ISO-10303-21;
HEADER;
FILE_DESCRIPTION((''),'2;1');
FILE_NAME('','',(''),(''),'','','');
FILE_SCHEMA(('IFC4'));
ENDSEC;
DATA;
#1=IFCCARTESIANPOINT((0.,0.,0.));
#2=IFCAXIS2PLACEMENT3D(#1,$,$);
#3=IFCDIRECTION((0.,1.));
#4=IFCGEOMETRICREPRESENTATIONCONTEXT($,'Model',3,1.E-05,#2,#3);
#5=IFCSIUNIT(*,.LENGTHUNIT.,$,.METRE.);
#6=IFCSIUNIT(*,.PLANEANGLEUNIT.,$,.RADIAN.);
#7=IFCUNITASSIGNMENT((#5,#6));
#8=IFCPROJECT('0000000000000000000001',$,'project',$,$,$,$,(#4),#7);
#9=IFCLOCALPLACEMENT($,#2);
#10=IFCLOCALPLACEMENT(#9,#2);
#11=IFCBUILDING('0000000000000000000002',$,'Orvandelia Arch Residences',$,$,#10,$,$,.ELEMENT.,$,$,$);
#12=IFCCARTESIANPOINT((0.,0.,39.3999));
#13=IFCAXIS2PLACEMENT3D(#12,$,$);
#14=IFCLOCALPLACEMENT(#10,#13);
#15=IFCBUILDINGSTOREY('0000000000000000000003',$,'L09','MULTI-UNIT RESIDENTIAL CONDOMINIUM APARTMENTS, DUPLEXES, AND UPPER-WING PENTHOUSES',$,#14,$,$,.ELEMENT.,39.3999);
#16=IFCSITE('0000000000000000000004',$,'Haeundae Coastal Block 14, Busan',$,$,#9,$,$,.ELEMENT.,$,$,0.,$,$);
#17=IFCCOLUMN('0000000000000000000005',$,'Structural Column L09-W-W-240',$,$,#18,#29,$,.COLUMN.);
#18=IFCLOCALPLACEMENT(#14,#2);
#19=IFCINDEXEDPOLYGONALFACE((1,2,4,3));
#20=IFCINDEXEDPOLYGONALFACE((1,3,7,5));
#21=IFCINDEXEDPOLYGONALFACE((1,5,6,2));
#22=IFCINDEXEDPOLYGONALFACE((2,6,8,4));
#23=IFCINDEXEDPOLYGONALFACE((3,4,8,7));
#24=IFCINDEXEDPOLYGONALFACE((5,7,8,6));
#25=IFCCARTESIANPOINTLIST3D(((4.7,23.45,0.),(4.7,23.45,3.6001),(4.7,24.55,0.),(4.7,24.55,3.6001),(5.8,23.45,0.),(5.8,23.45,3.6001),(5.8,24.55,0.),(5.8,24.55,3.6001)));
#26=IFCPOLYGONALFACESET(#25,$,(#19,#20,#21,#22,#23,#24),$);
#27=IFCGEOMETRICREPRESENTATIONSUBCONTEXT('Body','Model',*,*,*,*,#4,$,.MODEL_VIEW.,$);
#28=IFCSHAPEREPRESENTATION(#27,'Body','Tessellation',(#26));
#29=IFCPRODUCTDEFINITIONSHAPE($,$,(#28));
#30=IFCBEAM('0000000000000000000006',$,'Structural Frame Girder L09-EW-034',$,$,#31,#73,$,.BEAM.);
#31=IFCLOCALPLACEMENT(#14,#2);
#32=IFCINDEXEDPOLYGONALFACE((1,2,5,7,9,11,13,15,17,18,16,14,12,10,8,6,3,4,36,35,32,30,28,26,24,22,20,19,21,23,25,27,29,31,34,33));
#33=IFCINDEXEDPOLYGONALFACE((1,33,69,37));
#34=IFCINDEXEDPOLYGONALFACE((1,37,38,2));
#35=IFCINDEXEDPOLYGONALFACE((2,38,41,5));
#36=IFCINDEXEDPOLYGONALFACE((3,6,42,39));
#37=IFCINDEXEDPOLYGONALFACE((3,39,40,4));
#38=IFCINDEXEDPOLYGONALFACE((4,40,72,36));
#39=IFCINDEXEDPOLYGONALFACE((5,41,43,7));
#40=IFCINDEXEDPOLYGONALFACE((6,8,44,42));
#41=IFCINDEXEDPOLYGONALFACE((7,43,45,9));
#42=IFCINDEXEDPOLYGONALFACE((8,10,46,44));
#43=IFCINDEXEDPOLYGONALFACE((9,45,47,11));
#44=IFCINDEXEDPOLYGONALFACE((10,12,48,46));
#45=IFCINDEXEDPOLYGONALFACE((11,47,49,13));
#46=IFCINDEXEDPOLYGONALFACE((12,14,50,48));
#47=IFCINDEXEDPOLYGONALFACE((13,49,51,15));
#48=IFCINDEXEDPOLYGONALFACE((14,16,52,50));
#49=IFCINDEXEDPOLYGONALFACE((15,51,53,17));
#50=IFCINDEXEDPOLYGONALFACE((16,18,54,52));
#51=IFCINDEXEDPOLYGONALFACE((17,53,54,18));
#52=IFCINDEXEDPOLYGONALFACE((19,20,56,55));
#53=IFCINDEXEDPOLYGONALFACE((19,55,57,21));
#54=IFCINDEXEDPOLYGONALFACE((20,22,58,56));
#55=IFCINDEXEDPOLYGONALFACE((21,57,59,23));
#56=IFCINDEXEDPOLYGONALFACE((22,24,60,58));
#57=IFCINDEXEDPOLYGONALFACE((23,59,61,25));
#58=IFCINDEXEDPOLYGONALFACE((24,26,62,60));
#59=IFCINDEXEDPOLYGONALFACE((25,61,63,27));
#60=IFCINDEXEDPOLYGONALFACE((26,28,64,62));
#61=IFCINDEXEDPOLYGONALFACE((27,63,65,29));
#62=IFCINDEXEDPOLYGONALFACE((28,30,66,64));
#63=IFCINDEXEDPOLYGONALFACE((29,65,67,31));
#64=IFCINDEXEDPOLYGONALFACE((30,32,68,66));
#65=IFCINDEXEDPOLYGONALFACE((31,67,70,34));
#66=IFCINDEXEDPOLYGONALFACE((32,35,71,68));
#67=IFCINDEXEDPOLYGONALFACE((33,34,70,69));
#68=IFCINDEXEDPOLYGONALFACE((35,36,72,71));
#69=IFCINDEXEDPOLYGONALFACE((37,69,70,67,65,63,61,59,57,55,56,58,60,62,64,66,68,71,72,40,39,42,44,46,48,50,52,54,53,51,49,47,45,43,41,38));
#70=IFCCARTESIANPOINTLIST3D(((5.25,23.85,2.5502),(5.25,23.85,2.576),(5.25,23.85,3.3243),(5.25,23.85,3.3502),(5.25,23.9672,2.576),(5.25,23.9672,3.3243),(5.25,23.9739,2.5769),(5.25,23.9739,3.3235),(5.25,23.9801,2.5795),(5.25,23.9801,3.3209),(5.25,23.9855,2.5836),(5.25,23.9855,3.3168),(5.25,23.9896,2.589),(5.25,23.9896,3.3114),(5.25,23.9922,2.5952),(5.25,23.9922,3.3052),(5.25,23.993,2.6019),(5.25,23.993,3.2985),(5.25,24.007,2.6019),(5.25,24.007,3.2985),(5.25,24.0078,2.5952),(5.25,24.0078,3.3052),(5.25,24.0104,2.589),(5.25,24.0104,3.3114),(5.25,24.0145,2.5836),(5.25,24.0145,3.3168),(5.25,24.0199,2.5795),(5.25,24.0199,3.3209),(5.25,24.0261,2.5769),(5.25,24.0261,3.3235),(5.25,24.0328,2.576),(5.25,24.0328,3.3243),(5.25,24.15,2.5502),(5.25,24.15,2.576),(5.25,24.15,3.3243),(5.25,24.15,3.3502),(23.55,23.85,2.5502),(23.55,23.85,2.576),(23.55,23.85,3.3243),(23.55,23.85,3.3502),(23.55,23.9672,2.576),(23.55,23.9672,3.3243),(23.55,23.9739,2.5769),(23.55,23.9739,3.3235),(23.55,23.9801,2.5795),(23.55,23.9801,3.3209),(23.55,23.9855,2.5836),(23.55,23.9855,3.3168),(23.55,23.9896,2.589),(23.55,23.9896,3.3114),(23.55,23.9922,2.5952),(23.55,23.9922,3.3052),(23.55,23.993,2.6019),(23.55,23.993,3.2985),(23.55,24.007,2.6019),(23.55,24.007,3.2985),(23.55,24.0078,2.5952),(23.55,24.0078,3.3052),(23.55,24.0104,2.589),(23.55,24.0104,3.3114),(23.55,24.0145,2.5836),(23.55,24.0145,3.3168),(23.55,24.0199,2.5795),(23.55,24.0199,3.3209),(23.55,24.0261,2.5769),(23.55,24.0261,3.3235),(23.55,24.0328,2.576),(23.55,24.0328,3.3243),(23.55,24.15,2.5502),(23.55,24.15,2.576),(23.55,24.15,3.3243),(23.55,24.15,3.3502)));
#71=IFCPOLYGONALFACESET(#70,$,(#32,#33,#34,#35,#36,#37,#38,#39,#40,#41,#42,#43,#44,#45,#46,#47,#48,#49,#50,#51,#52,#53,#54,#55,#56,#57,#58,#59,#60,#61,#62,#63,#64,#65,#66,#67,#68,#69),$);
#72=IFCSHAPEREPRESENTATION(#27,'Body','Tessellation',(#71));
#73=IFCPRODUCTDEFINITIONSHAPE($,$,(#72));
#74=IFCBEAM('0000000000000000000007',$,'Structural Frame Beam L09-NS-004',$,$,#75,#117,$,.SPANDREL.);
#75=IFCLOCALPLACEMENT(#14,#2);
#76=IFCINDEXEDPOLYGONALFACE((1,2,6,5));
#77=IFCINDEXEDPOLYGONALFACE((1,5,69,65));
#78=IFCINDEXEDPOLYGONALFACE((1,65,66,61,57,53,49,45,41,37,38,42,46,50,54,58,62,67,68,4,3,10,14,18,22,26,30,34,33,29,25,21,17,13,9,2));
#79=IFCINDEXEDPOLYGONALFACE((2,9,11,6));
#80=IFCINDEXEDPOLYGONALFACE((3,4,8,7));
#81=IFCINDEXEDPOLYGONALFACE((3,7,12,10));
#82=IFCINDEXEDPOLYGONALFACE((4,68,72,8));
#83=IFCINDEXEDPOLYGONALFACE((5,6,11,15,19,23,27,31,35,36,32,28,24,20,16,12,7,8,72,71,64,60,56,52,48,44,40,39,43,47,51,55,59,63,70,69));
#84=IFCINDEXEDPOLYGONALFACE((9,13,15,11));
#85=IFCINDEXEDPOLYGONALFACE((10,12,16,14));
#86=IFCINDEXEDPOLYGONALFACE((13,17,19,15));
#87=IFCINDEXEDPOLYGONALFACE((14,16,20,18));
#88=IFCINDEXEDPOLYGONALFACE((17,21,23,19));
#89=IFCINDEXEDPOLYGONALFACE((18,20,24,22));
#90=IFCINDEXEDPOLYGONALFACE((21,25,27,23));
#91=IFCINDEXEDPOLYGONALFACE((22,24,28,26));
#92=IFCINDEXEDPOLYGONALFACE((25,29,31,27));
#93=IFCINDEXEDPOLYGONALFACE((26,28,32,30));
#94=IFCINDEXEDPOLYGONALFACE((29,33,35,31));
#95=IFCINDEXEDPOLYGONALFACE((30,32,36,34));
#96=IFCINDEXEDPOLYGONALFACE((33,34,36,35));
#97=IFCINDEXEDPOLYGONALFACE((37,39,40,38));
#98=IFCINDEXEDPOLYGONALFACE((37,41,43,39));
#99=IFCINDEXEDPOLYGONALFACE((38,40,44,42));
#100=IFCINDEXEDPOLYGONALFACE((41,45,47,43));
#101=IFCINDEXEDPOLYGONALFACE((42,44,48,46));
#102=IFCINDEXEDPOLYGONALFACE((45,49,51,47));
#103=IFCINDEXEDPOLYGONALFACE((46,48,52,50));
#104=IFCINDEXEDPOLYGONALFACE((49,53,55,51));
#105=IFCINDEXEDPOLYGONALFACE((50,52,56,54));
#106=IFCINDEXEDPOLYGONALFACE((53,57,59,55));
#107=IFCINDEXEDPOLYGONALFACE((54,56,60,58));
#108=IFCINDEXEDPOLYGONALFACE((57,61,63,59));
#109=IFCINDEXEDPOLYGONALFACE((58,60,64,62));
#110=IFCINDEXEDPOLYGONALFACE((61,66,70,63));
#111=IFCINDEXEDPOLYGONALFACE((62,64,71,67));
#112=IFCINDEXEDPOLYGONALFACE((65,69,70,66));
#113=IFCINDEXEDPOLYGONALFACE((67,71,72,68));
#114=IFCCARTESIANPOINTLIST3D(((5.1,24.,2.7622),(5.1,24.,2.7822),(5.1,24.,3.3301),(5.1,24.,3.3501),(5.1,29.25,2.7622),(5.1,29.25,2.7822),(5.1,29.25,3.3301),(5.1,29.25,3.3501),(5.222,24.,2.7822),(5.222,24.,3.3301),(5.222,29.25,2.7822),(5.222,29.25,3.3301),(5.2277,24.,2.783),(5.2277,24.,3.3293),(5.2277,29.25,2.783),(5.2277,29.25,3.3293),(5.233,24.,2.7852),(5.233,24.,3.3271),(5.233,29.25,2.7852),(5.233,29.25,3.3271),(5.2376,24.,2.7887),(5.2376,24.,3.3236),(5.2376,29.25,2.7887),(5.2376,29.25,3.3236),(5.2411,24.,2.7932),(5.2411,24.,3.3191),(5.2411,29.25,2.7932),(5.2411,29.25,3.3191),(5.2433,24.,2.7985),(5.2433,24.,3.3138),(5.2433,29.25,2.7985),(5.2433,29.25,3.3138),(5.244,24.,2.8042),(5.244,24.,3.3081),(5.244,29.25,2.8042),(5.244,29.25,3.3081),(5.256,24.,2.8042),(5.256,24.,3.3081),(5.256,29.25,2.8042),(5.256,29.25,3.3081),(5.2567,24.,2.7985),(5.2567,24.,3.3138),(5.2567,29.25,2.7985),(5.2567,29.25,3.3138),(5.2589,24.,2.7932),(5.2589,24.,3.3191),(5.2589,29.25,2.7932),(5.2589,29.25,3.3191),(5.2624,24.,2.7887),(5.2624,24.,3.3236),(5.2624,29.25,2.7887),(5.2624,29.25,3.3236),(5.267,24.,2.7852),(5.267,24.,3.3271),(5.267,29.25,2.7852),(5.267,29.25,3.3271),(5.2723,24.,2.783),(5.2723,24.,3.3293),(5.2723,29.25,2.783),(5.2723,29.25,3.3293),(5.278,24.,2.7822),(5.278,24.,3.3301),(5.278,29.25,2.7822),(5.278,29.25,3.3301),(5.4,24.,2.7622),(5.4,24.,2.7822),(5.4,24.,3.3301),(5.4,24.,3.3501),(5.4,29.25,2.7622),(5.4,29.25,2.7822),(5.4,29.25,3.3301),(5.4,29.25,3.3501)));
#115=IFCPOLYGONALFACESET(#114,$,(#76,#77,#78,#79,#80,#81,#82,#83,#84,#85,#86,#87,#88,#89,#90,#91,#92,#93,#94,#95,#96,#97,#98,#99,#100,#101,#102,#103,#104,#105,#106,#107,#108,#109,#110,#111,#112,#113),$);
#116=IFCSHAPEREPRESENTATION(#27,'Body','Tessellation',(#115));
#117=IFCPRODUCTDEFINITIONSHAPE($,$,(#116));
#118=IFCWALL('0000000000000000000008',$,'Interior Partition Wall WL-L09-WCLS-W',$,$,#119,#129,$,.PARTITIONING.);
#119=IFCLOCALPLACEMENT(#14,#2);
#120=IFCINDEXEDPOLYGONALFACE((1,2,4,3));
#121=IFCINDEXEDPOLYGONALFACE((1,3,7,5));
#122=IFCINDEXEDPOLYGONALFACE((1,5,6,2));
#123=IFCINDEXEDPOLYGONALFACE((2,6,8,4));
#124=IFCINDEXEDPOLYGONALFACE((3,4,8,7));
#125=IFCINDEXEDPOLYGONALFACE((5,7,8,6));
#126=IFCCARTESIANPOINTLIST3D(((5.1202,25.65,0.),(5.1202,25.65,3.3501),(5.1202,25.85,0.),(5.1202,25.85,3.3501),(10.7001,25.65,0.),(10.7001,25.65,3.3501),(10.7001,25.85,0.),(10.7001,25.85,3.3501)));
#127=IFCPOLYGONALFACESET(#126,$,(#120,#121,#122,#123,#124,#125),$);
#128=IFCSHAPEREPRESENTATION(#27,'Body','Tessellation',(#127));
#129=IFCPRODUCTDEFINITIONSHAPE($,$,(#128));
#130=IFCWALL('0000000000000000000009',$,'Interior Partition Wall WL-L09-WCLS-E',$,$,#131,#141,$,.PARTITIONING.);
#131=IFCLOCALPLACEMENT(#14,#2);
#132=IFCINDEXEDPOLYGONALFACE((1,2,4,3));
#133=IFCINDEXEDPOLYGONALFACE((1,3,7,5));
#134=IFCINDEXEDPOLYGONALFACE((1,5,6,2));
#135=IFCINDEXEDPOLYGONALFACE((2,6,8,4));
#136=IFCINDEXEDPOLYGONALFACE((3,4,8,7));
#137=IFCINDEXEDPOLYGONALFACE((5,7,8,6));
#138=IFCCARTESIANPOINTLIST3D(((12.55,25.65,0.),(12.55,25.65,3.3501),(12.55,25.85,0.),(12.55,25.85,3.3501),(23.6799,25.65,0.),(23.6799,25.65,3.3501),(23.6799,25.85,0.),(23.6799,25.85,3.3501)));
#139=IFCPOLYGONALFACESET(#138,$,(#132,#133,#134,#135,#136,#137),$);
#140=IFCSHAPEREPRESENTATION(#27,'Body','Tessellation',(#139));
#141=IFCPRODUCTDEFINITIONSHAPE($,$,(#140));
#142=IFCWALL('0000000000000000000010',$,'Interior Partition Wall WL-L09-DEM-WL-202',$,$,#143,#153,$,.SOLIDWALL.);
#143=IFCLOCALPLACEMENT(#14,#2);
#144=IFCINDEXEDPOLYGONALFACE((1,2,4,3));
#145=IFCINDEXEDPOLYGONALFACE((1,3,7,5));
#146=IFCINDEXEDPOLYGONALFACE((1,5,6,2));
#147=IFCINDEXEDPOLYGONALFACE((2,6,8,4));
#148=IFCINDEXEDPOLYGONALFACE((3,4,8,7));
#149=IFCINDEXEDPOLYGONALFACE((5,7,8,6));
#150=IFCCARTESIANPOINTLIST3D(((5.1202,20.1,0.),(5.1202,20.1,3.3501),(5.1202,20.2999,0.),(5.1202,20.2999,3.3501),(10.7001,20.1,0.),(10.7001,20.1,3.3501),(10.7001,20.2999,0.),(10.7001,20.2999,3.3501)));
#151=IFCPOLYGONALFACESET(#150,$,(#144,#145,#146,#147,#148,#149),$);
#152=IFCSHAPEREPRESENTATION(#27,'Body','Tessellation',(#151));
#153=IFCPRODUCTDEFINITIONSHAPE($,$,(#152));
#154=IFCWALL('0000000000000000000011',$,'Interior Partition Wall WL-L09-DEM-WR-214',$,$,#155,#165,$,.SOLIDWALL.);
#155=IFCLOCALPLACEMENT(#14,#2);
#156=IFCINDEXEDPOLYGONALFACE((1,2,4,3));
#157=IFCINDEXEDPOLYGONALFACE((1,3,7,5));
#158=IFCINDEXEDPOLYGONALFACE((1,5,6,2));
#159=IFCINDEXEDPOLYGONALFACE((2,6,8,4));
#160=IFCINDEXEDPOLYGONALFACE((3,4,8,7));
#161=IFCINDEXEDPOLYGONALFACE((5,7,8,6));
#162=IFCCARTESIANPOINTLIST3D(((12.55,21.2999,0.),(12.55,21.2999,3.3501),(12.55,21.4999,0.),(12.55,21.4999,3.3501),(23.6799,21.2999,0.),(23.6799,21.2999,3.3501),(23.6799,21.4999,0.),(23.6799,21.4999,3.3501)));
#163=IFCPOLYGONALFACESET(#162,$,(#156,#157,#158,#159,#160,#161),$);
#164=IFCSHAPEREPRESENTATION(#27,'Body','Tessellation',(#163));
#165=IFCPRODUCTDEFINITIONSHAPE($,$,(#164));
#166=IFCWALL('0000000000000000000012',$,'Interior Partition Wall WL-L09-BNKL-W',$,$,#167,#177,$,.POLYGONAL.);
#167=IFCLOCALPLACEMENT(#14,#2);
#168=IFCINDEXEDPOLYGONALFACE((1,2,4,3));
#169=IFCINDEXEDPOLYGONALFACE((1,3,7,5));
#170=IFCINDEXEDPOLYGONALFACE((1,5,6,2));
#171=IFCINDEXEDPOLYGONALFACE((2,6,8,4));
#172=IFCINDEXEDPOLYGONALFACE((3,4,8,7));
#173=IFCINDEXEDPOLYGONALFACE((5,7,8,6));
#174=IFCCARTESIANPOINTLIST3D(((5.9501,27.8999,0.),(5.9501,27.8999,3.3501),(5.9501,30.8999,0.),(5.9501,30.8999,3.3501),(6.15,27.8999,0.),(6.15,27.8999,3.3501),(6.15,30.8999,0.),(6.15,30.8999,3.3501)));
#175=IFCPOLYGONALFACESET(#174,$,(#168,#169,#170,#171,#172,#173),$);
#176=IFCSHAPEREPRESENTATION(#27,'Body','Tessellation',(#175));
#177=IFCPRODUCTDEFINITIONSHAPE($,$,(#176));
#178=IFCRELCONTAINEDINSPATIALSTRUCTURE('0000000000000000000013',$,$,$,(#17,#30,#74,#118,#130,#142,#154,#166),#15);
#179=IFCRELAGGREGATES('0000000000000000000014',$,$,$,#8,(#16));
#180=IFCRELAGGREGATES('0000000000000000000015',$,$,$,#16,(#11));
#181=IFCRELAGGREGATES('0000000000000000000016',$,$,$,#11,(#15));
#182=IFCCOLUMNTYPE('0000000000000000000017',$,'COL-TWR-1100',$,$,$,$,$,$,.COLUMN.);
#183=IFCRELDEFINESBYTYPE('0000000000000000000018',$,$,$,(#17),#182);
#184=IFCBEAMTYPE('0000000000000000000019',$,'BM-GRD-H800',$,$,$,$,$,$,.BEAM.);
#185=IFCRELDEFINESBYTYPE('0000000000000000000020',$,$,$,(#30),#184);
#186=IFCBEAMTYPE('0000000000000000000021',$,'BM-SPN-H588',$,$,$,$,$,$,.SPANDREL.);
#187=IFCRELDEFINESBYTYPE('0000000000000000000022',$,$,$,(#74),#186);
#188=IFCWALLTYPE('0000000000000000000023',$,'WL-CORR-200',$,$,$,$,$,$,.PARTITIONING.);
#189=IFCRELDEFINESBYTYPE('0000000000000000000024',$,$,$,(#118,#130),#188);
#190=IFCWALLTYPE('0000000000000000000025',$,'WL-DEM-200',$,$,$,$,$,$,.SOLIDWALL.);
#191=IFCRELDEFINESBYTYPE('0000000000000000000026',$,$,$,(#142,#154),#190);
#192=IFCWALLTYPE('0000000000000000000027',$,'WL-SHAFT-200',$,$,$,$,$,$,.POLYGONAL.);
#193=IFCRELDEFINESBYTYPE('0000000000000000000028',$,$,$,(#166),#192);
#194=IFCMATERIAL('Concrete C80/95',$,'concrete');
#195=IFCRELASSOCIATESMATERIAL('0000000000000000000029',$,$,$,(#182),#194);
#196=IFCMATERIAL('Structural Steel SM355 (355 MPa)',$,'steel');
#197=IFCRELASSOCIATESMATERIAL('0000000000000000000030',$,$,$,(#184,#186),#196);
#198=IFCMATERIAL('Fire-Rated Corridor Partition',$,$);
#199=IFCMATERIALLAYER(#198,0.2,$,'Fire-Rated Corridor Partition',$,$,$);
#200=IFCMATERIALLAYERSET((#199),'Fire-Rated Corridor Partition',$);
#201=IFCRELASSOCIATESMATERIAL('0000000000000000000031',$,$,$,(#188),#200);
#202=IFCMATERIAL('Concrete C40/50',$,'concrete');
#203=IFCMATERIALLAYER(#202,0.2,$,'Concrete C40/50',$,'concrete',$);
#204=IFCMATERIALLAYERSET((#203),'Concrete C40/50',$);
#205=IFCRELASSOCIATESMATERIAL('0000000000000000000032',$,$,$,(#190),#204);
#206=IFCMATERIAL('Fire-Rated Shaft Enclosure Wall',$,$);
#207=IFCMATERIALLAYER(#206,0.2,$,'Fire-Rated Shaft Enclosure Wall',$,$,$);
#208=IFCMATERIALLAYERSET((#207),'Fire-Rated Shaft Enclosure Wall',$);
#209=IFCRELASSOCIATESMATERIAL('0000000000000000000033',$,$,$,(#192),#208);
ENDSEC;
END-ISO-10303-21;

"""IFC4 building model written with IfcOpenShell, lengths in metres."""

from ifc_helpers import new_model, si_unit, direction, frame, frame_2d, origin, origin_2d, place, context, subcontext, project, spatial, rectangle, i_section, extrude, material, layer, layer_set, material_profile, profile_set, type_object, element, save


model = new_model("IFC4")

# Units and contexts
model_context = context("Model", 3, precision=1e-05, world=origin(), true_north=direction((0.0, 1.0)))
body_context = subcontext(model_context, "Body", "Model", "MODEL_VIEW")
ifc_project = project(units=[si_unit("LENGTHUNIT", "METRE"), si_unit("PLANEANGLEUNIT", "RADIAN")], contexts=[model_context])

# Site, building, storey
site_placement = place(None, origin())
site = spatial("IfcSite", under=ifc_project, at=site_placement, Name="Haeundae Coastal Block 14, Busan", CompositionType="ELEMENT", RefElevation=0.0)
building_placement = place(site_placement, origin())
building = spatial("IfcBuilding", under=site, at=building_placement, Name="Orvandelia Arch Residences", CompositionType="ELEMENT")
storey_placement = place(building_placement, frame((0.0, 0.0, 39.3999)))
storey = spatial("IfcBuildingStorey", under=building, at=storey_placement, Name="L09", Description="MULTI-UNIT RESIDENTIAL CONDOMINIUM APARTMENTS, DUPLEXES, AND UPPER-WING PENTHOUSES", CompositionType="ELEMENT", Elevation=39.3999)

# Column
ifc_material_1 = material(Name="Concrete C80/95", Category="concrete")
ifc_material_profile_1 = material_profile(ifc_material_1, rectangle(XDim=1.1001, YDim=1.1001, at=origin_2d()), Name="Concrete C80/95", Category="concrete")
ifc_profile_set_1 = profile_set([ifc_material_profile_1], Name="Concrete C80/95")
column_type = type_object("IfcColumnType", Name="COL-TWR-1100", PredefinedType="COLUMN", material=ifc_profile_set_1)
column_placement = place(storey_placement, frame((5.25, 24.0, 0.0), z_axis=(0.0, 0.0, 1.0), x_axis=(1.0, 0.0, 0.0)))
element("IfcColumn", 1, at=column_placement, inside=storey, type_object=column_type, Name="Structural Column L09-W-W-240", PredefinedType="COLUMN", context=body_context, shape_type="SweptSolid", body=[
    extrude(rectangle(XDim=1.1001, YDim=1.1001, at=origin_2d()), origin(), (0.0, 0.0, 1.0), 3.6001),
])

# Beams
ifc_material_2 = material(Name="Structural Steel SM355 (355 MPa)", Category="steel")
ifc_material_profile_2 = material_profile(ifc_material_2, i_section(OverallWidth=0.3, OverallDepth=0.8, WebThickness=0.0139, FlangeThickness=0.0259, FilletRadius=0.0259, at=origin_2d()), Name="Structural Steel SM355 (355 MPa)", Category="steel")
ifc_profile_set_2 = profile_set([ifc_material_profile_2], Name="Structural Steel SM355 (355 MPa)")
beam_type_1 = type_object("IfcBeamType", Name="BM-GRD-H800", PredefinedType="BEAM", material=ifc_profile_set_2)
beam_1_placement = place(storey_placement, frame((5.25, 24.0, 2.9502), z_axis=(1.0, 0.0, 0.0), x_axis=(0.0, 1.0, 0.0)))
element("IfcBeam", 2, at=beam_1_placement, inside=storey, type_object=beam_type_1, Name="Structural Frame Girder L09-EW-034", PredefinedType="BEAM", context=body_context, shape_type="SweptSolid", body=[
    extrude(i_section(OverallWidth=0.3, OverallDepth=0.8, WebThickness=0.0139, FlangeThickness=0.0259, FilletRadius=0.0259, at=origin_2d()), origin(), (0.0, 0.0, 1.0), 18.3),
])
ifc_material_profile_3 = material_profile(ifc_material_2, i_section(OverallWidth=0.3, OverallDepth=0.5879, WebThickness=0.012, FlangeThickness=0.02, FilletRadius=0.022, at=origin_2d()), Name="Structural Steel SM355 (355 MPa)", Category="steel")
ifc_profile_set_3 = profile_set([ifc_material_profile_3], Name="Structural Steel SM355 (355 MPa)")
beam_type_2 = type_object("IfcBeamType", Name="BM-SPN-H588", PredefinedType="SPANDREL", material=ifc_profile_set_3)
beam_2_placement = place(storey_placement, frame((5.25, 24.0, 3.0562), z_axis=(0.0, 1.0, 0.0), x_axis=(-1.0, 0.0, 0.0)))
element("IfcBeam", 3, at=beam_2_placement, inside=storey, type_object=beam_type_2, Name="Structural Frame Beam L09-NS-004", PredefinedType="SPANDREL", context=body_context, shape_type="SweptSolid", body=[
    extrude(i_section(OverallWidth=0.3, OverallDepth=0.5879, WebThickness=0.012, FlangeThickness=0.02, FilletRadius=0.022, at=origin_2d()), origin(), (0.0, 0.0, 1.0), 5.25),
])

# Walls
ifc_material_3 = material(Name="Fire-Rated Corridor Partition")
ifc_layer_1 = layer(ifc_material_3, 0.2, Name="Fire-Rated Corridor Partition")
ifc_layer_set_1 = layer_set([ifc_layer_1], Name="Fire-Rated Corridor Partition")
wall_type_1 = type_object("IfcWallType", Name="WL-CORR-200", PredefinedType="PARTITIONING", material=ifc_layer_set_1)
wall_1_placement = place(storey_placement, frame((5.1201, 25.75, 0.0), z_axis=(0.0, 0.0, 1.0), x_axis=(1.0, 0.0, 0.0)))
element("IfcWall", 4, at=wall_1_placement, inside=storey, type_object=wall_type_1, Name="Interior Partition Wall WL-L09-WCLS-W", PredefinedType="PARTITIONING", context=body_context, shape_type="SweptSolid", body=[
    extrude(rectangle(XDim=5.5798, YDim=0.2, at=frame_2d((2.79, 0.0))), origin(), (0.0, 0.0, 1.0), 3.3501),
])
wall_2_placement = place(storey_placement, frame((12.55, 25.75, 0.0), z_axis=(0.0, 0.0, 1.0), x_axis=(1.0, 0.0, 0.0)))
element("IfcWall", 5, at=wall_2_placement, inside=storey, type_object=wall_type_1, Name="Interior Partition Wall WL-L09-WCLS-E", PredefinedType="PARTITIONING", context=body_context, shape_type="SweptSolid", body=[
    extrude(rectangle(XDim=11.1299, YDim=0.2, at=frame_2d((5.5649, 0.0))), origin(), (0.0, 0.0, 1.0), 3.3501),
])
ifc_material_4 = material(Name="Concrete C40/50", Category="concrete")
ifc_layer_2 = layer(ifc_material_4, 0.2, Name="Concrete C40/50", Category="concrete")
ifc_layer_set_2 = layer_set([ifc_layer_2], Name="Concrete C40/50")
wall_type_2 = type_object("IfcWallType", Name="WL-DEM-200", PredefinedType="SOLIDWALL", material=ifc_layer_set_2)
wall_3_placement = place(storey_placement, frame((5.1201, 20.2, 0.0), z_axis=(0.0, 0.0, 1.0), x_axis=(1.0, 0.0, 0.0)))
element("IfcWall", 6, at=wall_3_placement, inside=storey, type_object=wall_type_2, Name="Interior Partition Wall WL-L09-DEM-WL-202", PredefinedType="SOLIDWALL", context=body_context, shape_type="SweptSolid", body=[
    extrude(rectangle(XDim=5.5798, YDim=0.2, at=frame_2d((2.79, 0.0))), origin(), (0.0, 0.0, 1.0), 3.3501),
])
wall_4_placement = place(storey_placement, frame((12.55, 21.3999, 0.0), z_axis=(0.0, 0.0, 1.0), x_axis=(1.0, 0.0, 0.0)))
element("IfcWall", 7, at=wall_4_placement, inside=storey, type_object=wall_type_2, Name="Interior Partition Wall WL-L09-DEM-WR-214", PredefinedType="SOLIDWALL", context=body_context, shape_type="SweptSolid", body=[
    extrude(rectangle(XDim=11.1299, YDim=0.2, at=frame_2d((5.5649, 0.0))), origin(), (0.0, 0.0, 1.0), 3.3501),
])

# Shared definitions
ifc_material_5 = material(Name="Fire-Rated Shaft Enclosure Wall")
ifc_layer_3 = layer(ifc_material_5, 0.2, Name="Fire-Rated Shaft Enclosure Wall")
ifc_layer_set_3 = layer_set([ifc_layer_3], Name="Fire-Rated Shaft Enclosure Wall")
wall_type_3 = type_object("IfcWallType", Name="WL-SHAFT-200", PredefinedType="POLYGONAL", material=ifc_layer_set_3)

# Wall
wall_5_placement = place(storey_placement, frame((6.05, 27.8999, 0.0), z_axis=(0.0, 0.0, 1.0), x_axis=(0.0, 1.0, 0.0)))
element("IfcWall", 8, at=wall_5_placement, inside=storey, type_object=wall_type_3, Name="Interior Partition Wall WL-L09-BNKL-W", PredefinedType="POLYGONAL", context=body_context, shape_type="SweptSolid", body=[
    extrude(rectangle(XDim=3.0, YDim=0.2, at=frame_2d((1.5, 0.0))), origin(), (0.0, 0.0, 1.0), 3.3501),
])

save(model, "model.ifc")
